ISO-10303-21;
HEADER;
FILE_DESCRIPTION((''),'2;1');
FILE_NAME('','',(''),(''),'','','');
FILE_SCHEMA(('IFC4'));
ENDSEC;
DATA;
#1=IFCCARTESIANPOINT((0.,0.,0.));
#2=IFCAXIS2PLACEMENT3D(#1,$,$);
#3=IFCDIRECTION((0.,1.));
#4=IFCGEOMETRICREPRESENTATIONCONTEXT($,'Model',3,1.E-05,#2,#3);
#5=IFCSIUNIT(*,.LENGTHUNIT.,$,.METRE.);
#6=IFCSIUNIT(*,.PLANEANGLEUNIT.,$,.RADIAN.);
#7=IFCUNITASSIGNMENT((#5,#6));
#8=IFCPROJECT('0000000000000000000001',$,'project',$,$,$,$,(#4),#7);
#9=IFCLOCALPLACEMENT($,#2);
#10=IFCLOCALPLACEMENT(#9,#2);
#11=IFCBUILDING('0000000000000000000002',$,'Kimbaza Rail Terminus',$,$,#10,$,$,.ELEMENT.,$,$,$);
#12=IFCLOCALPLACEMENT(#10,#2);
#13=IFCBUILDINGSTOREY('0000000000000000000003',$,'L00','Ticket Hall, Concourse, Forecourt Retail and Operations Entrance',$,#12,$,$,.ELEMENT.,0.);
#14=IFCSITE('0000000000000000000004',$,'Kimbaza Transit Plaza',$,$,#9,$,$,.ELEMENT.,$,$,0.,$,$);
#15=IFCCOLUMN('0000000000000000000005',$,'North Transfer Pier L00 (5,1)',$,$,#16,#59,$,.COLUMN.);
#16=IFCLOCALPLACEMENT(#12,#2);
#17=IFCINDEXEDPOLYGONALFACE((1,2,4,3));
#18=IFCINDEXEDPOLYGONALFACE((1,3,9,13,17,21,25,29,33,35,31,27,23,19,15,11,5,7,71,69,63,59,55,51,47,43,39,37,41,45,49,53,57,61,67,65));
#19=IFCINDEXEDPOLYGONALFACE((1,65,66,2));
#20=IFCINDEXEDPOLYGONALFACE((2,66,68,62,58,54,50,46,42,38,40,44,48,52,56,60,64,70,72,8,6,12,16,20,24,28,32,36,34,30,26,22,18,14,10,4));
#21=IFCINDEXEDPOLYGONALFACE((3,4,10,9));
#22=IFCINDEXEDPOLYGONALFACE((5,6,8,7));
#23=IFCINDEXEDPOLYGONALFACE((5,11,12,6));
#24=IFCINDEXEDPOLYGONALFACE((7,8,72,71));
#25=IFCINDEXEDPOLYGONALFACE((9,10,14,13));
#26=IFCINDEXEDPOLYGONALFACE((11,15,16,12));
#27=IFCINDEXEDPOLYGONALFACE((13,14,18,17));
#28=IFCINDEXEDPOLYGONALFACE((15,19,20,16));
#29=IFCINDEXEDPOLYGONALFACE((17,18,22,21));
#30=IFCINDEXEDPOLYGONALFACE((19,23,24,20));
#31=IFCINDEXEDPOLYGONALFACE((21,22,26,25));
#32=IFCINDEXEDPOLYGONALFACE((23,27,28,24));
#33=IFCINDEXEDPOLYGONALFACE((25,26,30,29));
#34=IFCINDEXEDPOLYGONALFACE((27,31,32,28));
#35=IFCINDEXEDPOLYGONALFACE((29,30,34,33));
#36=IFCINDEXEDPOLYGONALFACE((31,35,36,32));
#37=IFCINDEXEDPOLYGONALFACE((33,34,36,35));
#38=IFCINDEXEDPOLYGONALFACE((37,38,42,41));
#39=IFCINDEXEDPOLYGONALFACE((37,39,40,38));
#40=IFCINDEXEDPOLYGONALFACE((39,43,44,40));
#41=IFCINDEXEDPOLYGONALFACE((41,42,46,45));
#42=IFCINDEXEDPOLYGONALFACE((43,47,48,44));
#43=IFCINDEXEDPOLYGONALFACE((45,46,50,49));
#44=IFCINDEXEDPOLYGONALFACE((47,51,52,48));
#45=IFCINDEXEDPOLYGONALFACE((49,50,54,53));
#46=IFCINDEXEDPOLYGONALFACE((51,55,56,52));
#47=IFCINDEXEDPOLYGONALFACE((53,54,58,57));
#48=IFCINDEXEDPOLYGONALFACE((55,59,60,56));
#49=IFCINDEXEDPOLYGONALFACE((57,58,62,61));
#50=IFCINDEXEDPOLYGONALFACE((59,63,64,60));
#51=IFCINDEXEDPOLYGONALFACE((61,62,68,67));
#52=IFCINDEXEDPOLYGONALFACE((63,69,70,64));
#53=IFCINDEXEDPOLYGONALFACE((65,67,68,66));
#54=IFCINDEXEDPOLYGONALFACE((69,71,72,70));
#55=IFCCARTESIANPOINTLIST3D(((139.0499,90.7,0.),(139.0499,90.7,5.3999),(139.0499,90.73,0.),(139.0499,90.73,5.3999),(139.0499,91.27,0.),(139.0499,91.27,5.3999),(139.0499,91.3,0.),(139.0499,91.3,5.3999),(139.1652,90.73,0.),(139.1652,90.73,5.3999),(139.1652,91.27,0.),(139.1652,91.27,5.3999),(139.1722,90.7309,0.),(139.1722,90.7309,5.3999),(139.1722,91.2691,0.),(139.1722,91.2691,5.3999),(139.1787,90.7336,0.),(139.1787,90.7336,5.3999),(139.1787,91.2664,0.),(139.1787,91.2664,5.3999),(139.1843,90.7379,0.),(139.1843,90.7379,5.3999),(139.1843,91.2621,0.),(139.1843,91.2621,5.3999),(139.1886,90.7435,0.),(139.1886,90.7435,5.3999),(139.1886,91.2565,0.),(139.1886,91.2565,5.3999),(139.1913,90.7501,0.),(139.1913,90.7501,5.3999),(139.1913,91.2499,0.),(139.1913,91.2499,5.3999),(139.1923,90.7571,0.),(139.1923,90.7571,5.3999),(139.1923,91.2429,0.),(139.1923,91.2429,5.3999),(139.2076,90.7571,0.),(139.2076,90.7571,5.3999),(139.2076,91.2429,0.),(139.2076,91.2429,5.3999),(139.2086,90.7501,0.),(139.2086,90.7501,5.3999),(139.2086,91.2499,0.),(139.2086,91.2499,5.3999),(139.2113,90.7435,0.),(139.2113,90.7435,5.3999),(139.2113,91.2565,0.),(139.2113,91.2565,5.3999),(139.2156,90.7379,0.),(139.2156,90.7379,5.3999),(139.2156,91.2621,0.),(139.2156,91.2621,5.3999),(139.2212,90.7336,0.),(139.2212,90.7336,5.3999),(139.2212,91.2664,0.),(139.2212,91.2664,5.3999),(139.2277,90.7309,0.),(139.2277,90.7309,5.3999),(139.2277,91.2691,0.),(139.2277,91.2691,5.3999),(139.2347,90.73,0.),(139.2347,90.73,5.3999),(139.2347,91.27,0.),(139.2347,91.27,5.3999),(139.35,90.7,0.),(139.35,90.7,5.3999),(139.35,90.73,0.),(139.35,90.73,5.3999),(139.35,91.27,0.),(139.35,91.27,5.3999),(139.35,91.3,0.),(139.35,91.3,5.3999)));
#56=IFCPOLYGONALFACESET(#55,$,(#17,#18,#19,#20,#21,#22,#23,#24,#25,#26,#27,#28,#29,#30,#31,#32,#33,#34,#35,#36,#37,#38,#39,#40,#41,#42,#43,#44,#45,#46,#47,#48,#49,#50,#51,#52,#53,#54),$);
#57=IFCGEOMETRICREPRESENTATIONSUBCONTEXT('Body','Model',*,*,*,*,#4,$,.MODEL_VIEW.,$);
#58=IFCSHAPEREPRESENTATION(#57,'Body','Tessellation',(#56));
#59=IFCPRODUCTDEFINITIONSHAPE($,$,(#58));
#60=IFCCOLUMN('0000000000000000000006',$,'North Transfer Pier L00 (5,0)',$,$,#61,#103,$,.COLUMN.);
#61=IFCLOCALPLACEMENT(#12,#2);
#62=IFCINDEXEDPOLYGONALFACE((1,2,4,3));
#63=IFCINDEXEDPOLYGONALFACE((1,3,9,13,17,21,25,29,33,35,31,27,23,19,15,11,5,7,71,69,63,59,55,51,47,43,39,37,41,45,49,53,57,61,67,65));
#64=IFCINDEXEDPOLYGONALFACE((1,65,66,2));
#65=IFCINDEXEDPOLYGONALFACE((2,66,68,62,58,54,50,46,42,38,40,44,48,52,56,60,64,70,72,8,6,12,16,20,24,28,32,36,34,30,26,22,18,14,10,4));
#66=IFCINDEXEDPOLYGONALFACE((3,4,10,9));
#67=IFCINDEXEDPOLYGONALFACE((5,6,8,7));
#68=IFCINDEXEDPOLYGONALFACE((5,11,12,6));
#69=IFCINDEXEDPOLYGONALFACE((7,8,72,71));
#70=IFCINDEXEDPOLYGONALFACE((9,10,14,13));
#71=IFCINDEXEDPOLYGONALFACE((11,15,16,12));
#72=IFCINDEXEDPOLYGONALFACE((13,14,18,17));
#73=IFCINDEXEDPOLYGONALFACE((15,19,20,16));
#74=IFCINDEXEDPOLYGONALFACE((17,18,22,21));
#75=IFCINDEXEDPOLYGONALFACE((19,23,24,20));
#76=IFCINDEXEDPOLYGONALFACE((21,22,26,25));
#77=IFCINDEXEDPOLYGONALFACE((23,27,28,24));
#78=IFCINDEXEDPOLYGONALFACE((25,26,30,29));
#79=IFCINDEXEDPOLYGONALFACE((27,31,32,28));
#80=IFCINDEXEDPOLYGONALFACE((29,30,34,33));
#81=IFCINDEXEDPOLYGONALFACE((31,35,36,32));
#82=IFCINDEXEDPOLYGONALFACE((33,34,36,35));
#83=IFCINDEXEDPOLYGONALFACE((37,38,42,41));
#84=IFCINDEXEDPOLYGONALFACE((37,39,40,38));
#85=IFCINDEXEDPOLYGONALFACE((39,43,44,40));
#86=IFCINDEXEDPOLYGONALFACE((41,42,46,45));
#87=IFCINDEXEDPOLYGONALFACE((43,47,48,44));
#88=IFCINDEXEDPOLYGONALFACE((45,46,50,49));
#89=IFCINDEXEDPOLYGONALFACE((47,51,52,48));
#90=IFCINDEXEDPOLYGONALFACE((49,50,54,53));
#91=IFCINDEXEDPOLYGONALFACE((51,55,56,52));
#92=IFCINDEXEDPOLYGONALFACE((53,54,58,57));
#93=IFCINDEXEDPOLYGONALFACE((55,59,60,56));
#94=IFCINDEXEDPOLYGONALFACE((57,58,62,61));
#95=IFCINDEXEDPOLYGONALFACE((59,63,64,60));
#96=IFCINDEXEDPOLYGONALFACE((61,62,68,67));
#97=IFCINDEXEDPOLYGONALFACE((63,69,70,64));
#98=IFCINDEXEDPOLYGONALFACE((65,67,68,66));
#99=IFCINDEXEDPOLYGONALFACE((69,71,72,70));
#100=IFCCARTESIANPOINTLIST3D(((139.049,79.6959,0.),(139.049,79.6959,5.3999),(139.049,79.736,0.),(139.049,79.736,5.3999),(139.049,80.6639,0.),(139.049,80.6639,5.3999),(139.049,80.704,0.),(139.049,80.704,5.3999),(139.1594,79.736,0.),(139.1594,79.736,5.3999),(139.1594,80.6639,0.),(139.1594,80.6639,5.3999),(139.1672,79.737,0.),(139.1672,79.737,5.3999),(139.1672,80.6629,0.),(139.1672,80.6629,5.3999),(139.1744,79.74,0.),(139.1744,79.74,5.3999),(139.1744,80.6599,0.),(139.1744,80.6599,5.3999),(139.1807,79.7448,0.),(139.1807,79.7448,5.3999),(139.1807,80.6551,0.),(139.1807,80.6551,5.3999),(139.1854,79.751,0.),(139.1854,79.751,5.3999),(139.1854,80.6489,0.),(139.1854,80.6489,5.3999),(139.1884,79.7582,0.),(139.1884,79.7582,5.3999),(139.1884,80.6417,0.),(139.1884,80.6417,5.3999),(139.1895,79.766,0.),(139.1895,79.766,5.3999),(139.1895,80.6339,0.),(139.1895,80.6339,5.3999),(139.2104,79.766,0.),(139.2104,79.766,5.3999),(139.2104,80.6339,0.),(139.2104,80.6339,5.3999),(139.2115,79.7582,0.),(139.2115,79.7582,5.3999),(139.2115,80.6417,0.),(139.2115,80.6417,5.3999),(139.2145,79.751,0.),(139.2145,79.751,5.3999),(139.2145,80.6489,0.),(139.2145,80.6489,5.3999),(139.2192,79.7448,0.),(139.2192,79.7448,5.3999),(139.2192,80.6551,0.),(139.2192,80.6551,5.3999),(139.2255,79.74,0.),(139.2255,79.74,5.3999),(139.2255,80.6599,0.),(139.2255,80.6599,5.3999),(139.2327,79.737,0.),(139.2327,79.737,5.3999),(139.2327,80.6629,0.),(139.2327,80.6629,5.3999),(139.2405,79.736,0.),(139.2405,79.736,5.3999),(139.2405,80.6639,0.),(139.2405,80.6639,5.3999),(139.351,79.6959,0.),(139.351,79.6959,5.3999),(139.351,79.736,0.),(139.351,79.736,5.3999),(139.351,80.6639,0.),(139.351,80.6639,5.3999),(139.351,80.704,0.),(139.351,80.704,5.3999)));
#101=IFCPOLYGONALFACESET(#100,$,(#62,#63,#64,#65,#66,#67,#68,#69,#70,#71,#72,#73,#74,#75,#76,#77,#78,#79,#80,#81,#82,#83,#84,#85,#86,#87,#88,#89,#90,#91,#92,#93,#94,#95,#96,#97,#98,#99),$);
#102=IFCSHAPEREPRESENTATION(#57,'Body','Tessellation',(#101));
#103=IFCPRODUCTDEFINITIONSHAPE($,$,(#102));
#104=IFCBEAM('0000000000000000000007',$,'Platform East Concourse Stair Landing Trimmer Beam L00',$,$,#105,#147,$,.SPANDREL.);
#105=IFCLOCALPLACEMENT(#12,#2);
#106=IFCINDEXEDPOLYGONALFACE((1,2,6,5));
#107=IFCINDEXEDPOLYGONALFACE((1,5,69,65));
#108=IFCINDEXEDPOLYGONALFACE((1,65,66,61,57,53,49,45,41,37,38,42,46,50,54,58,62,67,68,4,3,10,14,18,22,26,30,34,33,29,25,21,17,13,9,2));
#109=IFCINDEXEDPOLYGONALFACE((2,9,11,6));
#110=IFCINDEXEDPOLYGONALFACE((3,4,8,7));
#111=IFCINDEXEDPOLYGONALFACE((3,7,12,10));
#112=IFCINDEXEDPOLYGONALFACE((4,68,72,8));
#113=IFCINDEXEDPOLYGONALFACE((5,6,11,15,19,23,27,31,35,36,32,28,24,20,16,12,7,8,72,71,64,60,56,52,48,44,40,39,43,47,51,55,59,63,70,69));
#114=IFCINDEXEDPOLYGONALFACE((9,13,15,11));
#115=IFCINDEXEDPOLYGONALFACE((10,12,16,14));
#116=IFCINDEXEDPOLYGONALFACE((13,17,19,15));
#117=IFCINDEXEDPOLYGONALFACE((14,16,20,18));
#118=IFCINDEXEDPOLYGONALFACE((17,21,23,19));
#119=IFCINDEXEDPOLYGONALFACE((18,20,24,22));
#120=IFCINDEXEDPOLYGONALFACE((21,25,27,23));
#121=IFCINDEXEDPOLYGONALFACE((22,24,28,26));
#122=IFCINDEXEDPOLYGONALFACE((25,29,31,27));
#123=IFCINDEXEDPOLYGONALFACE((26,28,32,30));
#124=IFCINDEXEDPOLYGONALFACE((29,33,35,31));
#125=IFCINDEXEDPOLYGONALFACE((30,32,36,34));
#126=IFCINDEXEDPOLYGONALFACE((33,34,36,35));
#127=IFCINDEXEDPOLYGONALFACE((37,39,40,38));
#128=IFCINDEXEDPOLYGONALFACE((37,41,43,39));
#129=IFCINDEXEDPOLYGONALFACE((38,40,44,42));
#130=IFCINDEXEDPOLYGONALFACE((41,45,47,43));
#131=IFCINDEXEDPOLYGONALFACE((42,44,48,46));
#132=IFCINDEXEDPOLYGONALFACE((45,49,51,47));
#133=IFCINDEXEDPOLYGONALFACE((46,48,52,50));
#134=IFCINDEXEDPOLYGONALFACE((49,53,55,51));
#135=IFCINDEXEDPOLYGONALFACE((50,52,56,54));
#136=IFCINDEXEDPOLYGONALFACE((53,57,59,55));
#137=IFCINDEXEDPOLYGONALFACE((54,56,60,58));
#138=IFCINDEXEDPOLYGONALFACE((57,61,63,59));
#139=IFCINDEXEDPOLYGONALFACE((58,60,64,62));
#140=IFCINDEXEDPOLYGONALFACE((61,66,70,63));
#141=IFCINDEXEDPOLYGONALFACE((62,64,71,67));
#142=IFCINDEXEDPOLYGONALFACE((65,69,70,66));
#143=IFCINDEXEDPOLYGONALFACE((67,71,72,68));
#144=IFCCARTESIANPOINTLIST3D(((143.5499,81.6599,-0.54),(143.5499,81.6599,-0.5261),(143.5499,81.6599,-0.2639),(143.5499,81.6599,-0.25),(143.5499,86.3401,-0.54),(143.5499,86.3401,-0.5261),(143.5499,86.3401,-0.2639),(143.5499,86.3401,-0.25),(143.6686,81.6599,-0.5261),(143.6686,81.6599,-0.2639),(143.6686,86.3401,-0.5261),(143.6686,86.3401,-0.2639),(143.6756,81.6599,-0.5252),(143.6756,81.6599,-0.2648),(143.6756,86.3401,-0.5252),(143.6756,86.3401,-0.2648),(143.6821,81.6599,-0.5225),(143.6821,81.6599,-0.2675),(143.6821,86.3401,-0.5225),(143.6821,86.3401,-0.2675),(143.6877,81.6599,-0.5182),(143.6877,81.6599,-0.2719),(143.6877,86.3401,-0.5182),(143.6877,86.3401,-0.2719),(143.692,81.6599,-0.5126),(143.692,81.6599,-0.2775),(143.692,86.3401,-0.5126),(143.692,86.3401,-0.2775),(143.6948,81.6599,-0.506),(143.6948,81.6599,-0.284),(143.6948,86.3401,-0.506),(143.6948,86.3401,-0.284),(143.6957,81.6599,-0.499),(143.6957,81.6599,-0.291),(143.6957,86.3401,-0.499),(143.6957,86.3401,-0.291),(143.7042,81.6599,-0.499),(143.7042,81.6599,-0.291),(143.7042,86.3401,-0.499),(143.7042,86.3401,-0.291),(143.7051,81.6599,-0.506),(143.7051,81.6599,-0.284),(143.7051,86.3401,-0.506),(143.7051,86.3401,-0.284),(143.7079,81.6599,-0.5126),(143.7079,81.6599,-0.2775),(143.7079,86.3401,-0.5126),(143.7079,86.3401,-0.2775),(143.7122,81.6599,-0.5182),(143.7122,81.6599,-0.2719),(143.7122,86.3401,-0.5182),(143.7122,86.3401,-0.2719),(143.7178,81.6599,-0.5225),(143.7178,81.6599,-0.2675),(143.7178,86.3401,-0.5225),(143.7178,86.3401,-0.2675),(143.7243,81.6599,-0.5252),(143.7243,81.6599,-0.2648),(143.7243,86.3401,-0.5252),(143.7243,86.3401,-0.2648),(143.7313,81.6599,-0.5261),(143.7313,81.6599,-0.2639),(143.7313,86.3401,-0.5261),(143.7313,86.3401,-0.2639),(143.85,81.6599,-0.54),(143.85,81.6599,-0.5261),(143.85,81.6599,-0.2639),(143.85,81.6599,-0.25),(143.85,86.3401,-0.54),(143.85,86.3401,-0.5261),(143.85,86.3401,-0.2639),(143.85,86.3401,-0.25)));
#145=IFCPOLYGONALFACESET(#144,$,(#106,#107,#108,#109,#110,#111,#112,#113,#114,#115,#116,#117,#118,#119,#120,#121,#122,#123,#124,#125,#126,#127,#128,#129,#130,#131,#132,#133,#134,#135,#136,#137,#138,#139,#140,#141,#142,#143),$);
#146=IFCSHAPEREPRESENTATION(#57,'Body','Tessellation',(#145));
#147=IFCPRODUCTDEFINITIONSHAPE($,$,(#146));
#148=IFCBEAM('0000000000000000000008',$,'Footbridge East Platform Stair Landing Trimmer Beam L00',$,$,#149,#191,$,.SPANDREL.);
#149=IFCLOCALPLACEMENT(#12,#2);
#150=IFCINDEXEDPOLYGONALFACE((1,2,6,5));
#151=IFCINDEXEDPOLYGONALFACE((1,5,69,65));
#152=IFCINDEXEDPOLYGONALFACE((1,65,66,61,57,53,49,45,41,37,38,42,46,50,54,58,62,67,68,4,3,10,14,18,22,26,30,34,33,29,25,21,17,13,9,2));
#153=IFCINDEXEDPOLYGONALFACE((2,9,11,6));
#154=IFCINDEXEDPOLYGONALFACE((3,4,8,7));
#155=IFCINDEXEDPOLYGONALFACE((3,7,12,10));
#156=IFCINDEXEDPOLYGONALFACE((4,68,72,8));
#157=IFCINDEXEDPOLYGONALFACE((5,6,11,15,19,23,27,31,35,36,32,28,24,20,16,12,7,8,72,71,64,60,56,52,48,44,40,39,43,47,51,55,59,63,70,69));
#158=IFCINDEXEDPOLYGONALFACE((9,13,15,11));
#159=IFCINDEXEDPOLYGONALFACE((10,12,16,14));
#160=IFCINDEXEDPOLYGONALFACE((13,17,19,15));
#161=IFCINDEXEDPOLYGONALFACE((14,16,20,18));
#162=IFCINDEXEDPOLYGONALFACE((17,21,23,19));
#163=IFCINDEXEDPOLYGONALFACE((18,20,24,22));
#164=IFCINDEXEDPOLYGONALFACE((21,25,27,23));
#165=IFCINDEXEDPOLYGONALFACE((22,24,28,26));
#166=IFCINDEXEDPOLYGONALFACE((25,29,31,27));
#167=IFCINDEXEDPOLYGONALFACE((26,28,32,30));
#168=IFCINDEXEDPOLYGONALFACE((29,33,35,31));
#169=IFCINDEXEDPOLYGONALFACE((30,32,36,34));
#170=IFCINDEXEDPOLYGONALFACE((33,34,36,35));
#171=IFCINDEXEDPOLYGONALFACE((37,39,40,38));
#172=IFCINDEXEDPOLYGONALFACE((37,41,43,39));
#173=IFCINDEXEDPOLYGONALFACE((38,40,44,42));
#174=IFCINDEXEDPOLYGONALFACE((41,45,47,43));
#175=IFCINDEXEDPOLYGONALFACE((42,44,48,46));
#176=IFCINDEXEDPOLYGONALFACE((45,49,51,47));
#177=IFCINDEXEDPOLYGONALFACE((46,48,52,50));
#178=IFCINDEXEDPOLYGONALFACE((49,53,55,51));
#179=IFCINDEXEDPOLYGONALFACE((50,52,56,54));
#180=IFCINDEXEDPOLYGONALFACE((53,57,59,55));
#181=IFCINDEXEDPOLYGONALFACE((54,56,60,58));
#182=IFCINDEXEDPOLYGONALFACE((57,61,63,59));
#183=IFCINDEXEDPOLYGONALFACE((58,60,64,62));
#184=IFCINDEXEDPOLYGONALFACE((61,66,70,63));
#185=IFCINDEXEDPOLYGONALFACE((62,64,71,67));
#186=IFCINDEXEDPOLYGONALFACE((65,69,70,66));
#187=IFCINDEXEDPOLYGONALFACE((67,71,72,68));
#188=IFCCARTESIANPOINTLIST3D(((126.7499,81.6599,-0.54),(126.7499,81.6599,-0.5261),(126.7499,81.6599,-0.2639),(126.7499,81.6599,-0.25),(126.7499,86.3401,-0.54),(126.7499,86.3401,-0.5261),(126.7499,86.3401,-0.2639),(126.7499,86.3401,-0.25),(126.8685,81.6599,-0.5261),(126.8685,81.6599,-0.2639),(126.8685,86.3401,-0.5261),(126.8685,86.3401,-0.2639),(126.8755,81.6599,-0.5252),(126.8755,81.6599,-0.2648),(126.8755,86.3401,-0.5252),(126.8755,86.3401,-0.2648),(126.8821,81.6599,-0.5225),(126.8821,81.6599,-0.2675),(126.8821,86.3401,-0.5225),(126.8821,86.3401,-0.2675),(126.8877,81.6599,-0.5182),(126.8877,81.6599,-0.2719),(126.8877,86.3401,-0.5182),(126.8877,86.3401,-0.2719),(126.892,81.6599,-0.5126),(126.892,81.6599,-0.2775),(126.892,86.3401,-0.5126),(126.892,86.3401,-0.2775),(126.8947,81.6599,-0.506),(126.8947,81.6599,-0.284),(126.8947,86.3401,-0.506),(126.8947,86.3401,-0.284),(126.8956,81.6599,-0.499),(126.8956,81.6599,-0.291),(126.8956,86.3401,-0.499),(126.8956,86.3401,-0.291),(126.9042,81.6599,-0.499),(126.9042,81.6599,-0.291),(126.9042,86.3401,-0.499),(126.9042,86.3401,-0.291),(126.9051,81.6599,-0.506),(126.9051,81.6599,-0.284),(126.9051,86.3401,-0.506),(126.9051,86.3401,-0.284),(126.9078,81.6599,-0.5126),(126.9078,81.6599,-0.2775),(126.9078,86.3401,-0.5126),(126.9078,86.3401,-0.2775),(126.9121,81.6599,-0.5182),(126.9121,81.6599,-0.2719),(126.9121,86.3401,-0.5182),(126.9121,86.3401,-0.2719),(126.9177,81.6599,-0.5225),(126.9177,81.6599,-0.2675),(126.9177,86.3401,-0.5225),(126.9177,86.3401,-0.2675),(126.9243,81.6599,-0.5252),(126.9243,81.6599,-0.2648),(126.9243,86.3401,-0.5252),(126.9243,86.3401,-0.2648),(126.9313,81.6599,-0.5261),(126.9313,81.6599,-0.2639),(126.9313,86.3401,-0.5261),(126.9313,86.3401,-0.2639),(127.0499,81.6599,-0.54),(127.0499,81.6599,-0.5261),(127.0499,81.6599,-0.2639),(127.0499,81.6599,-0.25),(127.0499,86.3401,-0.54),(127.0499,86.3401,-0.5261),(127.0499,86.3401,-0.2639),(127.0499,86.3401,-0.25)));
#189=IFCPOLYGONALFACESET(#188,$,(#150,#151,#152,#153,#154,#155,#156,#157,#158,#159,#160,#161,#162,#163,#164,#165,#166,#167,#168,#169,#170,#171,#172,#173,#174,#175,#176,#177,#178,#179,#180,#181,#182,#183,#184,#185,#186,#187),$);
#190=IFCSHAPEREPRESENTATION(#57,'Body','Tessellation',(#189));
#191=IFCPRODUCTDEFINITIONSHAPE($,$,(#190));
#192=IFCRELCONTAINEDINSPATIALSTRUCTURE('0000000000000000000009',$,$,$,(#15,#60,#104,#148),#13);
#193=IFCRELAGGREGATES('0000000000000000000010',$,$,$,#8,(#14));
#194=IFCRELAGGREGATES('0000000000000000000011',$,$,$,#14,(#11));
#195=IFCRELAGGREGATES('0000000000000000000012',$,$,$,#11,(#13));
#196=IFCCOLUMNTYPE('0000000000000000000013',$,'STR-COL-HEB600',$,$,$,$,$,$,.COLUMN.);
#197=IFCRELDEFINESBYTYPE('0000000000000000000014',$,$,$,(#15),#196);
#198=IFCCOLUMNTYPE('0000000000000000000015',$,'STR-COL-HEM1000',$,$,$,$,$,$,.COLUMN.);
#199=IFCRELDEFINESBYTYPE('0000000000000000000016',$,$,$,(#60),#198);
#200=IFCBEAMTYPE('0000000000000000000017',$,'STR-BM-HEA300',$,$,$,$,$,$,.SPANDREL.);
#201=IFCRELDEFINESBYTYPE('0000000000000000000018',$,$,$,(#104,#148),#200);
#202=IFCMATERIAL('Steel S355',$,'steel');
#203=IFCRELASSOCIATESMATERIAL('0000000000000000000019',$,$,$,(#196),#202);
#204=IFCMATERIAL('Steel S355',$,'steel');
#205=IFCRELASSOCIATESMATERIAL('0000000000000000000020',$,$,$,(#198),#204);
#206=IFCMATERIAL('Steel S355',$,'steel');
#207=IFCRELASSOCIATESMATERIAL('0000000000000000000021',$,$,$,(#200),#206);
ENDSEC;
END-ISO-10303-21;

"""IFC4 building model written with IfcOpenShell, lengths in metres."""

from ifc_helpers import new_model, si_unit, direction, frame, origin, origin_2d, place, context, subcontext, project, spatial, i_section, extrude, material, material_profile, profile_set, type_object, element, save


model = new_model("IFC4")

# Units and contexts
model_context = context("Model", 3, precision=1e-05, world=origin(), true_north=direction((0.0, 1.0)))
body_context = subcontext(model_context, "Body", "Model", "MODEL_VIEW")
ifc_project = project(units=[si_unit("LENGTHUNIT", "METRE"), si_unit("PLANEANGLEUNIT", "RADIAN")], contexts=[model_context])

# Site, building, storey
site_placement = place(None, origin())
site = spatial("IfcSite", under=ifc_project, at=site_placement, Name="Kimbaza Transit Plaza", CompositionType="ELEMENT", RefElevation=0.0)
building_placement = place(site_placement, origin())
building = spatial("IfcBuilding", under=site, at=building_placement, Name="Kimbaza Rail Terminus", CompositionType="ELEMENT")
storey_placement = place(building_placement, origin())
storey = spatial("IfcBuildingStorey", under=building, at=storey_placement, Name="L00", Description="Ticket Hall, Concourse, Forecourt Retail and Operations Entrance", CompositionType="ELEMENT", Elevation=0.0)

# Columns
ifc_material_1 = material(Name="Steel S355", Category="steel")
ifc_material_profile_1 = material_profile(ifc_material_1, i_section(OverallWidth=0.3, OverallDepth=0.6001, WebThickness=0.0154, FlangeThickness=0.03, FilletRadius=0.0271, at=origin_2d()), Name="HEB 600")
ifc_profile_set_1 = profile_set([ifc_material_profile_1], Name="Steel S355")
column_type_1 = type_object("IfcColumnType", Name="STR-COL-HEB600", PredefinedType="COLUMN", material=ifc_profile_set_1)
column_1_placement = place(storey_placement, frame((139.2, 91.0, 0.0), z_axis=(0.0, 0.0, 1.0), x_axis=(1.0, 0.0, 0.0)))
element("IfcColumn", 1, at=column_1_placement, inside=storey, type_object=column_type_1, Name="North Transfer Pier L00 (5,1)", PredefinedType="COLUMN", context=body_context, shape_type="SweptSolid", body=[
    extrude(i_section(OverallWidth=0.3, OverallDepth=0.6001, WebThickness=0.0154, FlangeThickness=0.03, FilletRadius=0.0271, at=origin_2d()), origin(), (0.0, 0.0, 1.0), 5.3999),
])
ifc_material_2 = material(Name="Steel S355", Category="steel")
ifc_material_profile_2 = material_profile(ifc_material_2, i_section(OverallWidth=0.302, OverallDepth=1.0081, WebThickness=0.021, FlangeThickness=0.04, FilletRadius=0.03, at=origin_2d()), Name="HEM 1000")
ifc_profile_set_2 = profile_set([ifc_material_profile_2], Name="Steel S355")
column_type_2 = type_object("IfcColumnType", Name="STR-COL-HEM1000", PredefinedType="COLUMN", material=ifc_profile_set_2)
column_2_placement = place(storey_placement, frame((139.2, 80.2, 0.0), z_axis=(0.0, 0.0, 1.0), x_axis=(1.0, 0.0, 0.0)))
element("IfcColumn", 2, at=column_2_placement, inside=storey, type_object=column_type_2, Name="North Transfer Pier L00 (5,0)", PredefinedType="COLUMN", context=body_context, shape_type="SweptSolid", body=[
    extrude(i_section(OverallWidth=0.302, OverallDepth=1.0081, WebThickness=0.021, FlangeThickness=0.04, FilletRadius=0.03, at=origin_2d()), origin(), (0.0, 0.0, 1.0), 5.3999),
])

# Beams
ifc_material_3 = material(Name="Steel S355", Category="steel")
ifc_material_profile_3 = material_profile(ifc_material_3, i_section(OverallWidth=0.3, OverallDepth=0.29, WebThickness=0.0085, FlangeThickness=0.0139, FilletRadius=0.0271, at=origin_2d()), Name="HEA 300")
ifc_profile_set_3 = profile_set([ifc_material_profile_3], Name="Steel S355")
beam_type_1 = type_object("IfcBeamType", Name="STR-BM-HEA300", PredefinedType="SPANDREL", material=ifc_profile_set_3)
for number, where, z_axis, x_axis, name in (
    (3, (143.7, 81.6599, -0.395), (0.0, 1.0, 0.0), (-1.0, 0.0, 0.0), "Platform East Concourse Stair Landing Trimmer Beam L00"),
    (4, (126.8999, 81.6599, -0.395), (0.0, 1.0, 0.0), (-1.0, 0.0, 0.0), "Footbridge East Platform Stair Landing Trimmer Beam L00"),
):
    element("IfcBeam", number, at=place(storey_placement, frame(where, z_axis=z_axis, x_axis=x_axis)), inside=storey, type_object=beam_type_1, Name=name, PredefinedType="SPANDREL", context=body_context, shape_type="SweptSolid", body=[
        extrude(i_section(OverallWidth=0.3, OverallDepth=0.29, WebThickness=0.0085, FlangeThickness=0.0139, FilletRadius=0.0271, at=origin_2d()), origin(), (0.0, 0.0, 1.0), 4.6802),
    ])

save(model, "model.ifc")
